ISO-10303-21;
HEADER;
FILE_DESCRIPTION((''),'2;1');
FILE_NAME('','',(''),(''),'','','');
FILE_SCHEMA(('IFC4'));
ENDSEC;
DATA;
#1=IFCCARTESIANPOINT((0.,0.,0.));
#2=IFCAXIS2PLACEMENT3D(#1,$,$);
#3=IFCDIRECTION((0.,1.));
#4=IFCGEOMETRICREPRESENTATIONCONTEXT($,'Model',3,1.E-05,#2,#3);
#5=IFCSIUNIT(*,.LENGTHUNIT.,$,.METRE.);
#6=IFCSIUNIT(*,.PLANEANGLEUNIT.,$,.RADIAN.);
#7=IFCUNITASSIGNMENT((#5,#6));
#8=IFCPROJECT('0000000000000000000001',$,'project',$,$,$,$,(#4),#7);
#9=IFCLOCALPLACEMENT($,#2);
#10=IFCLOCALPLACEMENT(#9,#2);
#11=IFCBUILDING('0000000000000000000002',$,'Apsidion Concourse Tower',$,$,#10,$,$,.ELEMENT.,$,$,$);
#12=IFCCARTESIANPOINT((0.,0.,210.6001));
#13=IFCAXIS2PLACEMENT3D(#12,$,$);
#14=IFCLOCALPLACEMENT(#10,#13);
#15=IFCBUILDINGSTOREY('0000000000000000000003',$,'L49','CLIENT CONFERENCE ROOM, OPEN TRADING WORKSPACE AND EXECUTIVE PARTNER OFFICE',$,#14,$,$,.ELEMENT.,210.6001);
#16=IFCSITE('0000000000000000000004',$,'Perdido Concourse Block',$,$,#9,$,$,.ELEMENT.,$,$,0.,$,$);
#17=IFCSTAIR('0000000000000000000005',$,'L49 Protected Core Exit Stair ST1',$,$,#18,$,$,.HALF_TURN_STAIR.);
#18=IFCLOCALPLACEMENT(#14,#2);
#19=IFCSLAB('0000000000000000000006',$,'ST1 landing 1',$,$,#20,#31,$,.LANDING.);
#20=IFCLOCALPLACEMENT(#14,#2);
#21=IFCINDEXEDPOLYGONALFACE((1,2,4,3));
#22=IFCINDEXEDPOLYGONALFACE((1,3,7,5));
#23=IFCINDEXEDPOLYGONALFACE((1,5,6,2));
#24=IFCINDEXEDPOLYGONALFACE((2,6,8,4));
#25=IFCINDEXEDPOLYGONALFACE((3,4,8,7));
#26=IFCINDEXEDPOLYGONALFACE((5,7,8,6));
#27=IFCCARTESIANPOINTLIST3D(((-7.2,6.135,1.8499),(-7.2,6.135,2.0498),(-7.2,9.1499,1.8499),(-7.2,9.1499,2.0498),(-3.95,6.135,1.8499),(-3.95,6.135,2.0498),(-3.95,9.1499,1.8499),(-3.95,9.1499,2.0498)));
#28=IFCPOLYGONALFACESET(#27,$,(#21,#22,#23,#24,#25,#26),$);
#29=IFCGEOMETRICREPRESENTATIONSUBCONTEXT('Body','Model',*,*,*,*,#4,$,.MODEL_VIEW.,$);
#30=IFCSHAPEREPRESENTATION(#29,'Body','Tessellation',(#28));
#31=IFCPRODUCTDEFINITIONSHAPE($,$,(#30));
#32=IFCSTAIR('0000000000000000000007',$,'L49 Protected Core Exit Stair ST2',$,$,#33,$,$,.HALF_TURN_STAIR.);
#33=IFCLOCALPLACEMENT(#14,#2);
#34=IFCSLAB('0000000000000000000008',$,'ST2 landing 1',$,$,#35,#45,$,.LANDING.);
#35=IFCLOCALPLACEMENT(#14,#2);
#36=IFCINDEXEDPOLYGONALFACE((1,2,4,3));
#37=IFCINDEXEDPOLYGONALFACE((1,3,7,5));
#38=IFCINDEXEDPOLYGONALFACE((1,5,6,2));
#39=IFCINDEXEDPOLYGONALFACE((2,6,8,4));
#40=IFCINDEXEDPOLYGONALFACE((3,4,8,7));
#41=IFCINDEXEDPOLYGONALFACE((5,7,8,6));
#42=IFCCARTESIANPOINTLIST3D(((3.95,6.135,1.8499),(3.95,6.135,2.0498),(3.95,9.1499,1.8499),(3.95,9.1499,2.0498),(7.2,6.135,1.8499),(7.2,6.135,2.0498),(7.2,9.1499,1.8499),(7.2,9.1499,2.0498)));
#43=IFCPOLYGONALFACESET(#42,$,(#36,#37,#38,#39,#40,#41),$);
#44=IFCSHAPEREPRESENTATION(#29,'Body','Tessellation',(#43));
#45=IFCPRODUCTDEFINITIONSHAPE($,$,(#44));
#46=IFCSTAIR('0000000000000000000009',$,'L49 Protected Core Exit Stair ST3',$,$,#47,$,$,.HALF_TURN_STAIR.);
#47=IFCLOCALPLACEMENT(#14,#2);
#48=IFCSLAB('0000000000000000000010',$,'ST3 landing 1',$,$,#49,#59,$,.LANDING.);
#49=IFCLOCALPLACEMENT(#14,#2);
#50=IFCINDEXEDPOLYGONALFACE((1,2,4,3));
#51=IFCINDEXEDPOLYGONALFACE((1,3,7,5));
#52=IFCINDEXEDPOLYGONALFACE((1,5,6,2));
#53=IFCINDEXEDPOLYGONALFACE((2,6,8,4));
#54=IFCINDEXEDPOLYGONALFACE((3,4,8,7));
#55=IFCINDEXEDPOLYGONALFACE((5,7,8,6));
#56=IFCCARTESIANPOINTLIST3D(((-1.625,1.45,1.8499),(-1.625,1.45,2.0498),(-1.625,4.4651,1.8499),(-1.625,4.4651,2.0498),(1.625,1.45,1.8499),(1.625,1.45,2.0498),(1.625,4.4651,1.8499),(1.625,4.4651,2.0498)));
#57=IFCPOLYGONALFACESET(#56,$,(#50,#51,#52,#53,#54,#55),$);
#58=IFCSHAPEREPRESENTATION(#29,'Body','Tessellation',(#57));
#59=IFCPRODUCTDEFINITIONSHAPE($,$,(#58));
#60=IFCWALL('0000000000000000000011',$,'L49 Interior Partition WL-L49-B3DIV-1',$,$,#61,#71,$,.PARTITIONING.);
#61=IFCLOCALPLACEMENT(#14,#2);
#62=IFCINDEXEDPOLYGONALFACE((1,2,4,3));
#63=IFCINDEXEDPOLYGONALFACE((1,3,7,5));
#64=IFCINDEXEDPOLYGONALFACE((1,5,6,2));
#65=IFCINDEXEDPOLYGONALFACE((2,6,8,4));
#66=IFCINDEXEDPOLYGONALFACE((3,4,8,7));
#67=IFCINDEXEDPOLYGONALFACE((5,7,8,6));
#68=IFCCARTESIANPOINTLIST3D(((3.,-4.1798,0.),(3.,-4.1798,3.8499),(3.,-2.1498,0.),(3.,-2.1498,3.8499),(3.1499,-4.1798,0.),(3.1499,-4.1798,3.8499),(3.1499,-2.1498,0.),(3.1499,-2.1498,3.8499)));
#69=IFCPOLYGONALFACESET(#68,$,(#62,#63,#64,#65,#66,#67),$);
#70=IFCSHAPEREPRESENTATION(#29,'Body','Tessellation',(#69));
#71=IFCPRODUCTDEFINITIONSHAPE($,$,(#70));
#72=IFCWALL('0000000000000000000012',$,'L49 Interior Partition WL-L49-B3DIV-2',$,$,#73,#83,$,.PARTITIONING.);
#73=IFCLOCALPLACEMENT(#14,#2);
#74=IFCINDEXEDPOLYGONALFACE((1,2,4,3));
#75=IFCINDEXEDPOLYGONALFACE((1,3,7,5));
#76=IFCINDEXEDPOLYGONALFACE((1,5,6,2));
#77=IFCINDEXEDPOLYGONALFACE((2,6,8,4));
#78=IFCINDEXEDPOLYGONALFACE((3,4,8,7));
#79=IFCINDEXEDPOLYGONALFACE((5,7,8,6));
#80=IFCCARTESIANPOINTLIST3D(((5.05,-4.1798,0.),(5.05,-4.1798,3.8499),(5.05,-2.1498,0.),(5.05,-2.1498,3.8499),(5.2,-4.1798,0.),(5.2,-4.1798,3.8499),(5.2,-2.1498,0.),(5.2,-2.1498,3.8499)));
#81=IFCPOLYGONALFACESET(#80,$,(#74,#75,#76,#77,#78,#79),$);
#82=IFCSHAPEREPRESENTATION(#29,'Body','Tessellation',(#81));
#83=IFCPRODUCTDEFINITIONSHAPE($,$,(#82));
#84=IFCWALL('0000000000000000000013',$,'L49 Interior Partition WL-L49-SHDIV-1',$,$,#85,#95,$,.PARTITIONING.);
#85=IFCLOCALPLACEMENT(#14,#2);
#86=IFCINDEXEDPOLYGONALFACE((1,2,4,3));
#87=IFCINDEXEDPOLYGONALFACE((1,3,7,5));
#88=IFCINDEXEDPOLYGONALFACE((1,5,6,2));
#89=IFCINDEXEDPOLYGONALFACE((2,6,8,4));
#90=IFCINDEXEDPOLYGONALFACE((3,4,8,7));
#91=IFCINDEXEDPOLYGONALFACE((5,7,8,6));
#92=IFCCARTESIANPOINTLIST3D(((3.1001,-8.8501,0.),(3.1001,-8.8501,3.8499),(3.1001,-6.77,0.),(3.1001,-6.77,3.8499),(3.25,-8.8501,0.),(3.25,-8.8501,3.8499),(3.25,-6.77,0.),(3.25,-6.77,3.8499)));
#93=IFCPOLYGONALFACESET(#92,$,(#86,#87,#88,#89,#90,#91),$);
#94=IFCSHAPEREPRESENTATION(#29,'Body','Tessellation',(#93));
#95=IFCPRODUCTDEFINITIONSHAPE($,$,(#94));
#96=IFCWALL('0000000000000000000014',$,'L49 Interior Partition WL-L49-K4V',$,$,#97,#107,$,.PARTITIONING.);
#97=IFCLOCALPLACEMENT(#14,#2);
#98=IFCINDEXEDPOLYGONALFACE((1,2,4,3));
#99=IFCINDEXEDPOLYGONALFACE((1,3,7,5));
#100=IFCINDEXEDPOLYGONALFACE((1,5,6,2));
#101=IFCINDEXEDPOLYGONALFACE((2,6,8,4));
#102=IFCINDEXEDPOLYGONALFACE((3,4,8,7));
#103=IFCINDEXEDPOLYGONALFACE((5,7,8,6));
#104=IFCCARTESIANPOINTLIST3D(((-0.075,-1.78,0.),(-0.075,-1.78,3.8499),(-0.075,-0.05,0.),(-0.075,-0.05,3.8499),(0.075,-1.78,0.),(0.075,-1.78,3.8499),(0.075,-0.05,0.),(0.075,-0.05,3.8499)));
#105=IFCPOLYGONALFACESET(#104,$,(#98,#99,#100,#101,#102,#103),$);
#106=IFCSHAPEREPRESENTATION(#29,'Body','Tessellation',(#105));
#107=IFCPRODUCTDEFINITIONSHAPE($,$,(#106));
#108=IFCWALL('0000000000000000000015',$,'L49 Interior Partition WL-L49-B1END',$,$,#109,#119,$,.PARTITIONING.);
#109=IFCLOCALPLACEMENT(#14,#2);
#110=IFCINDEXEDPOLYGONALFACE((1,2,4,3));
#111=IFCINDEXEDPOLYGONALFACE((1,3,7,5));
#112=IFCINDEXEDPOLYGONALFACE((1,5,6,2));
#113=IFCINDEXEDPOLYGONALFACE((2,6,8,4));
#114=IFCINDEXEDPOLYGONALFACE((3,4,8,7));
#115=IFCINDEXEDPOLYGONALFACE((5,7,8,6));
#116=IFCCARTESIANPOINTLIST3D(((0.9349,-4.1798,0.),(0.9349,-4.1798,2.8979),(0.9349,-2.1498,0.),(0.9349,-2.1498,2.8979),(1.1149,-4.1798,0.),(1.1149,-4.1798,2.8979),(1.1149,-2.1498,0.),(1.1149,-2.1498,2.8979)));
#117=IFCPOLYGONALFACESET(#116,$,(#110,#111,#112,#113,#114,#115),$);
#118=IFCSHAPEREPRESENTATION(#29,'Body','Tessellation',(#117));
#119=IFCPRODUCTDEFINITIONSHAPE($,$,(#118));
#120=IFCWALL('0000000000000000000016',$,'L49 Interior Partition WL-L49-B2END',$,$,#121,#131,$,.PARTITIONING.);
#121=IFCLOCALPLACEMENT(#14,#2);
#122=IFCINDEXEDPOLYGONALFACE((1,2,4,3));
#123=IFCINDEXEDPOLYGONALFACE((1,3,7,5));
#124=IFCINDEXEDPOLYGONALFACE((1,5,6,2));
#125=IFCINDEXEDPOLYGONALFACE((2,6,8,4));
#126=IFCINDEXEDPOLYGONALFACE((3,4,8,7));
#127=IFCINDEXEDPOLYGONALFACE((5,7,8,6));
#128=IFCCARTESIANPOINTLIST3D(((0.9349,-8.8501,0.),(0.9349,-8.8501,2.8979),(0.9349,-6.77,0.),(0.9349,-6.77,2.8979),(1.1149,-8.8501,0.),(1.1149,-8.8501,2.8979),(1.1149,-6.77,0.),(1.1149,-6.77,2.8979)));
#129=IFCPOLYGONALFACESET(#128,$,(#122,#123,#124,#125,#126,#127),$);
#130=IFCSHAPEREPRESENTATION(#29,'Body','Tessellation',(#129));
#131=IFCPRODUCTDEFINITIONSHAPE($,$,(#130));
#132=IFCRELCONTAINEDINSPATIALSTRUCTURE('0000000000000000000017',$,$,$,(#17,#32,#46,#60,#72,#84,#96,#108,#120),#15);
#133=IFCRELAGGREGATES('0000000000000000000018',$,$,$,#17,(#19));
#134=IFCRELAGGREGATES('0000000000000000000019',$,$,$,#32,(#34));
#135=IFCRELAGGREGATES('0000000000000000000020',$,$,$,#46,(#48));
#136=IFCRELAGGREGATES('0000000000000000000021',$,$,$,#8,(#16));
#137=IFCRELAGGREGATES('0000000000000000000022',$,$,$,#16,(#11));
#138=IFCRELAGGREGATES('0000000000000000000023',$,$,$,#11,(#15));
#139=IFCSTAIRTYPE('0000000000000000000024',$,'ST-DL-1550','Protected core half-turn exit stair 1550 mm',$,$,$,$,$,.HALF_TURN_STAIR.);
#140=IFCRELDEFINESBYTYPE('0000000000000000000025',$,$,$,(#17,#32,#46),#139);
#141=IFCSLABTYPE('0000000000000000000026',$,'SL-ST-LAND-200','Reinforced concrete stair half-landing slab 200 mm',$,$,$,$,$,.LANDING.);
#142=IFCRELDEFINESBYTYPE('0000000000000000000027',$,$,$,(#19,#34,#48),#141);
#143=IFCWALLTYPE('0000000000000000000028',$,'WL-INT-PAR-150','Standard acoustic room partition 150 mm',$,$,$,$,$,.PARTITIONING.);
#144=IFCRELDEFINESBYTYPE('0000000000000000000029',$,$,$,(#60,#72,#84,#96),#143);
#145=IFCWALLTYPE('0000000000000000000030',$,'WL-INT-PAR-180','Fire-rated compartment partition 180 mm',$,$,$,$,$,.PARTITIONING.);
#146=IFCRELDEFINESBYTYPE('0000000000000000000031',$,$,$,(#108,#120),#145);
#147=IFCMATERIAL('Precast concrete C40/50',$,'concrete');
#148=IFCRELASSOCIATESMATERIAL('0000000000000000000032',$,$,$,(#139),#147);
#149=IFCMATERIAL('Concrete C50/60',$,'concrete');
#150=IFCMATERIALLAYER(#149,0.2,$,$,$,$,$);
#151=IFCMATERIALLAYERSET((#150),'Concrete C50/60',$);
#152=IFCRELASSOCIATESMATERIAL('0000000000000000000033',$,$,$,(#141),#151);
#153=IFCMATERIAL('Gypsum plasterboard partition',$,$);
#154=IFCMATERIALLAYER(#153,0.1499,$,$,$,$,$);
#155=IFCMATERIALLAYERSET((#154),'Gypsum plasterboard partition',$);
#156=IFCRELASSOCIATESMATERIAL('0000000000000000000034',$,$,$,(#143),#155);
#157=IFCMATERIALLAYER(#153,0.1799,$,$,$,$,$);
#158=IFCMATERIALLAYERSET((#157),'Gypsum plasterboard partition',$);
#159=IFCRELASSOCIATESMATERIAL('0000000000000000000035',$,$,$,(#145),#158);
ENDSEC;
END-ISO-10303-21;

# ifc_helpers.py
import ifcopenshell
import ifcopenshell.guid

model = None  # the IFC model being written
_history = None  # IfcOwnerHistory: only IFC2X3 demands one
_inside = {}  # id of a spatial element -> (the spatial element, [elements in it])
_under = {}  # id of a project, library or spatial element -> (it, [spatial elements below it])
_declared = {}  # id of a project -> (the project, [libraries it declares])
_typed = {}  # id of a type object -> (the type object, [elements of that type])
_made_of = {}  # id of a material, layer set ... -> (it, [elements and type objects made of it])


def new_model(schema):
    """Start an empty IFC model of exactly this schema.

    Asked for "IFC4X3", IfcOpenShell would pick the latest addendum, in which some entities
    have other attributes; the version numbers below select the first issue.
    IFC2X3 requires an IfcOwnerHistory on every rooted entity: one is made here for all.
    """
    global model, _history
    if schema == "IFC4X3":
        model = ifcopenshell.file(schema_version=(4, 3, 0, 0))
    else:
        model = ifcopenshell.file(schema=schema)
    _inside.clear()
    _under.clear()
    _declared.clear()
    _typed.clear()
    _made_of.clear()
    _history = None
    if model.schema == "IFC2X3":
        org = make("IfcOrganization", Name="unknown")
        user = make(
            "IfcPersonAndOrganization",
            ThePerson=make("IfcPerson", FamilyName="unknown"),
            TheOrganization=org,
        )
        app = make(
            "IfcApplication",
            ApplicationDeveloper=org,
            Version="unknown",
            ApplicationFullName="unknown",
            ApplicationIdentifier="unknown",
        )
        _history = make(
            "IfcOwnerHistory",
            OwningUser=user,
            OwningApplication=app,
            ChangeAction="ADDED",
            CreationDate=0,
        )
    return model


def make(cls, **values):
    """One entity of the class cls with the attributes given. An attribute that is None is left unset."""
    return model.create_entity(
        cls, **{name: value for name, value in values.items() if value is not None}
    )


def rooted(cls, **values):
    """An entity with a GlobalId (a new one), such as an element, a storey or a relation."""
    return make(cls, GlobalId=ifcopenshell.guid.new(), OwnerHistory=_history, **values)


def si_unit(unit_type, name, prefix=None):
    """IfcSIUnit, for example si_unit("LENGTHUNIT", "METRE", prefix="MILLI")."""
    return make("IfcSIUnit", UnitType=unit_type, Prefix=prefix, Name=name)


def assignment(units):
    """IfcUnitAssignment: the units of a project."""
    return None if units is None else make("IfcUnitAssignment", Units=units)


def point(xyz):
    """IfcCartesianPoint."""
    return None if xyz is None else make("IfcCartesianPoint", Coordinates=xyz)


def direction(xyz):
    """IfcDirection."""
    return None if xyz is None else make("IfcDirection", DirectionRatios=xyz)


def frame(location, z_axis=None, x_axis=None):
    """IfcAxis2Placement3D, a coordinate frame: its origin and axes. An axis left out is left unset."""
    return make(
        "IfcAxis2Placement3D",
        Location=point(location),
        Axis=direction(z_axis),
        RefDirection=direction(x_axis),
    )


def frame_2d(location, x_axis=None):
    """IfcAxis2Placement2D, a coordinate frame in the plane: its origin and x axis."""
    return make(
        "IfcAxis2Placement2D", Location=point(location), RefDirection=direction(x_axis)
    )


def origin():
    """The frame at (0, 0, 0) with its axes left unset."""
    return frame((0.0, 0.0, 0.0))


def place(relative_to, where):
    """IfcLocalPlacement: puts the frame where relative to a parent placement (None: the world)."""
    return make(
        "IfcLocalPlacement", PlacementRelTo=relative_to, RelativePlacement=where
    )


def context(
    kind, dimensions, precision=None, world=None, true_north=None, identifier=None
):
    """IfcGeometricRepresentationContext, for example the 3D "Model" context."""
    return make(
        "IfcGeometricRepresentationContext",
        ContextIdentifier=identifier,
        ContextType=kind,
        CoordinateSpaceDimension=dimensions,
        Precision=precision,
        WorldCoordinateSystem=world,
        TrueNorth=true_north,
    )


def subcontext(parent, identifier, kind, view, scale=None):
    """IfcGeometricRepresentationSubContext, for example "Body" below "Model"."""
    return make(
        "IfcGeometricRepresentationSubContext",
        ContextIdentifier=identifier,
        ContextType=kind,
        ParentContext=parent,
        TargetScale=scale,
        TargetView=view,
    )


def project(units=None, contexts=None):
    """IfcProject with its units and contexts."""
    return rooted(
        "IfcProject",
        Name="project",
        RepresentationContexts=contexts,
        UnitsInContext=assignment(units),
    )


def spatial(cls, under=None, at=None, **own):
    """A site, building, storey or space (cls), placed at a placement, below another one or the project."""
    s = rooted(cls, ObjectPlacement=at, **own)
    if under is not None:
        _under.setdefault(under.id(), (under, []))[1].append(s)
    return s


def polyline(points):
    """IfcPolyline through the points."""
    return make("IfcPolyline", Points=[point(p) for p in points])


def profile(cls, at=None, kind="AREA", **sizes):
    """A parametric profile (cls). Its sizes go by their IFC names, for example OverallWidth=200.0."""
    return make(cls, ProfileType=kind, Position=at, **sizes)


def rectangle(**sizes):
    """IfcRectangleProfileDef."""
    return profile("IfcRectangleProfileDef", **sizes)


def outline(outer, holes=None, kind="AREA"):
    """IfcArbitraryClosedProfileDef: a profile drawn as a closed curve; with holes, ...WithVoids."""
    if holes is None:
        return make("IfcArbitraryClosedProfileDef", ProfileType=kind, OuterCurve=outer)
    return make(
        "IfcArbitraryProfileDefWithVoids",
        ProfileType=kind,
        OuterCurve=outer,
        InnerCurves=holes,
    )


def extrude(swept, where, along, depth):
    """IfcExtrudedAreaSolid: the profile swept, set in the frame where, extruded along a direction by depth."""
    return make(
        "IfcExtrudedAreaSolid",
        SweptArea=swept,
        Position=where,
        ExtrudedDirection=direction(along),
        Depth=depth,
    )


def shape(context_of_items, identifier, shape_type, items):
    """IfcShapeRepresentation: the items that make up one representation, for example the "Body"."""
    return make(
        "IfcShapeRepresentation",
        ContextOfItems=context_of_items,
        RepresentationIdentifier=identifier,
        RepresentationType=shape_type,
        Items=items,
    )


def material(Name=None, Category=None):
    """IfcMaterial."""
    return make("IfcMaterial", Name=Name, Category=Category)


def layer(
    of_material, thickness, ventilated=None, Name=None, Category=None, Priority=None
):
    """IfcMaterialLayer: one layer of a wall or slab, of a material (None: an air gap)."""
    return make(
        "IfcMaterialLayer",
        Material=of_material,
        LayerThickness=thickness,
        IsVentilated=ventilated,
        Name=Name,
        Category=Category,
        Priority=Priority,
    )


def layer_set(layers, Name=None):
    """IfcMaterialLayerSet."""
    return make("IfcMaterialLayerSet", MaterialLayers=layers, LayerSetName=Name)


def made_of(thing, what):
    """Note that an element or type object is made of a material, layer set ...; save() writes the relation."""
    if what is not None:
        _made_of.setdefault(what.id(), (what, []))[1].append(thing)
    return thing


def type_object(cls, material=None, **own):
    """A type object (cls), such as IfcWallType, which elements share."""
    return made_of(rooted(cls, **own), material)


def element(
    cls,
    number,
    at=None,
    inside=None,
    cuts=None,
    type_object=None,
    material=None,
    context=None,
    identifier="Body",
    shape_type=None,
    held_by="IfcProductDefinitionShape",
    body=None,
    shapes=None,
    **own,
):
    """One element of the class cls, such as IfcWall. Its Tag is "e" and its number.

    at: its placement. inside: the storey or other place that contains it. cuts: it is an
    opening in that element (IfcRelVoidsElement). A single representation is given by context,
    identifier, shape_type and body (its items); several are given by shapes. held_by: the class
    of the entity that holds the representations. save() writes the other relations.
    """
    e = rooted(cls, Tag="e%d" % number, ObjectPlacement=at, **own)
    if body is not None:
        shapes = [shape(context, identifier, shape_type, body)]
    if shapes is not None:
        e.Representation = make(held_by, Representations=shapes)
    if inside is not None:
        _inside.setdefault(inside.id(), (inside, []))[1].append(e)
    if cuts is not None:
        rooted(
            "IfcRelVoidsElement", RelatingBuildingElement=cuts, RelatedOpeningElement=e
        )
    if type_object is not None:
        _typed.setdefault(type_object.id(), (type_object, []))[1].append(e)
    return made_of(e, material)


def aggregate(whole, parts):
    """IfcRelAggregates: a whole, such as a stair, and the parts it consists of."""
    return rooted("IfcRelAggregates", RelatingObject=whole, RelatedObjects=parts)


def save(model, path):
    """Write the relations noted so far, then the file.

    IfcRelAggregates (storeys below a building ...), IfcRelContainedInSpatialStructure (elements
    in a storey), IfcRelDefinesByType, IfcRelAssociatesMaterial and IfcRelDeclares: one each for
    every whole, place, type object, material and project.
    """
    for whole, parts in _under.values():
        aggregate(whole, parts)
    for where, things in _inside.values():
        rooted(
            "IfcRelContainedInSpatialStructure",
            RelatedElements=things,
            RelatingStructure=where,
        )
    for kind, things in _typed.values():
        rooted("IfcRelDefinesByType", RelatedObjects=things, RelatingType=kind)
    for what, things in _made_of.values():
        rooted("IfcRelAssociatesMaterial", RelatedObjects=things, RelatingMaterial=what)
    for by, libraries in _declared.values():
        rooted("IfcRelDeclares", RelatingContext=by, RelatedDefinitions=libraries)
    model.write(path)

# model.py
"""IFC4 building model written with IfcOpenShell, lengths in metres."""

from ifc_helpers import new_model, si_unit, direction, frame, frame_2d, origin, place, context, subcontext, project, spatial, polyline, rectangle, outline, extrude, material, layer, layer_set, type_object, element, aggregate, save


model = new_model("IFC4")

# Units and contexts
model_context = context("Model", 3, precision=1e-05, world=origin(), true_north=direction((0.0, 1.0)))
body_context = subcontext(model_context, "Body", "Model", "MODEL_VIEW")
ifc_project = project(units=[si_unit("LENGTHUNIT", "METRE"), si_unit("PLANEANGLEUNIT", "RADIAN")], contexts=[model_context])

# Site, building, storey
site_placement = place(None, origin())
site = spatial("IfcSite", under=ifc_project, at=site_placement, Name="Perdido Concourse Block", CompositionType="ELEMENT", RefElevation=0.0)
building_placement = place(site_placement, origin())
building = spatial("IfcBuilding", under=site, at=building_placement, Name="Apsidion Concourse Tower", CompositionType="ELEMENT")
storey_placement = place(building_placement, frame((0.0, 0.0, 210.6001)))
storey = spatial("IfcBuildingStorey", under=building, at=storey_placement, Name="L49", Description="CLIENT CONFERENCE ROOM, OPEN TRADING WORKSPACE AND EXECUTIVE PARTNER OFFICE", CompositionType="ELEMENT", Elevation=210.6001)

# Shared definitions
ifc_material_1 = material(Name="Concrete C50/60", Category="concrete")

# Stairs, slabs
ifc_material_2 = material(Name="Precast concrete C40/50", Category="concrete")
stair_type = type_object("IfcStairType", Name="ST-DL-1550", Description="Protected core half-turn exit stair 1550 mm", PredefinedType="HALF_TURN_STAIR", material=ifc_material_2)
stair_1_placement = place(storey_placement, origin())
stair_1 = element("IfcStair", 1, at=stair_1_placement, inside=storey, type_object=stair_type, Name="L49 Protected Core Exit Stair ST1", PredefinedType="HALF_TURN_STAIR")
ifc_layer_1 = layer(ifc_material_1, 0.2)
ifc_layer_set_1 = layer_set([ifc_layer_1], Name="Concrete C50/60")
slab_type_1 = type_object("IfcSlabType", Name="SL-ST-LAND-200", Description="Reinforced concrete stair half-landing slab 200 mm", PredefinedType="LANDING", material=ifc_layer_set_1)
slab_1_placement = place(storey_placement, frame((0.0, 0.0, 1.8499)))
slab_1 = element("IfcSlab", 2, at=slab_1_placement, type_object=slab_type_1, Name="ST1 landing 1", PredefinedType="LANDING", context=body_context, shape_type="SweptSolid", body=[
    extrude(outline(polyline([(-3.95, 6.135), (-3.95, 9.1499), (-7.2, 9.1499), (-7.2, 6.135), (-3.95, 6.135)])), origin(), (0.0, 0.0, 1.0), 0.2),
])
aggregate(stair_1, [slab_1])
stair_2_placement = place(storey_placement, origin())
stair_2 = element("IfcStair", 3, at=stair_2_placement, inside=storey, type_object=stair_type, Name="L49 Protected Core Exit Stair ST2", PredefinedType="HALF_TURN_STAIR")
slab_2_placement = place(storey_placement, frame((0.0, 0.0, 1.8499)))
slab_2 = element("IfcSlab", 4, at=slab_2_placement, type_object=slab_type_1, Name="ST2 landing 1", PredefinedType="LANDING", context=body_context, shape_type="SweptSolid", body=[
    extrude(outline(polyline([(7.2, 6.135), (7.2, 9.1499), (3.95, 9.1499), (3.95, 6.135), (7.2, 6.135)])), origin(), (0.0, 0.0, 1.0), 0.2),
])
aggregate(stair_2, [slab_2])
stair_3_placement = place(storey_placement, origin())
stair_3 = element("IfcStair", 5, at=stair_3_placement, inside=storey, type_object=stair_type, Name="L49 Protected Core Exit Stair ST3", PredefinedType="HALF_TURN_STAIR")
slab_3_placement = place(storey_placement, frame((0.0, 0.0, 1.8499)))
slab_3 = element("IfcSlab", 6, at=slab_3_placement, type_object=slab_type_1, Name="ST3 landing 1", PredefinedType="LANDING", context=body_context, shape_type="SweptSolid", body=[
    extrude(outline(polyline([(-1.625, 4.4651), (-1.625, 1.45), (1.625, 1.45), (1.625, 4.4651), (-1.625, 4.4651)])), origin(), (0.0, 0.0, 1.0), 0.2),
])
aggregate(stair_3, [slab_3])

# Walls
ifc_material_3 = material(Name="Gypsum plasterboard partition")
ifc_layer_2 = layer(ifc_material_3, 0.1499)
ifc_layer_set_2 = layer_set([ifc_layer_2], Name="Gypsum plasterboard partition")
wall_type_1 = type_object("IfcWallType", Name="WL-INT-PAR-150", Description="Standard acoustic room partition 150 mm", PredefinedType="PARTITIONING", material=ifc_layer_set_2)
for number, where, z_axis, x_axis, name in (
    (7, (3.075, -4.1799, 0.0), (0.0, 0.0, 1.0), (0.0, 1.0, 0.0), "L49 Interior Partition WL-L49-B3DIV-1"),
    (8, (5.125, -4.1799, 0.0), (0.0, 0.0, 1.0), (0.0, 1.0, 0.0), "L49 Interior Partition WL-L49-B3DIV-2"),
):
    element("IfcWall", number, at=place(storey_placement, frame(where, z_axis=z_axis, x_axis=x_axis)), inside=storey, type_object=wall_type_1, Name=name, PredefinedType="PARTITIONING", context=body_context, shape_type="SweptSolid", body=[
        extrude(rectangle(XDim=2.03, YDim=0.1499, at=frame_2d((1.0151, 0.0))), origin(), (0.0, 0.0, 1.0), 3.8499),
    ])
wall_1_placement = place(storey_placement, frame((3.175, -8.8501, 0.0), z_axis=(0.0, 0.0, 1.0), x_axis=(0.0, 1.0, 0.0)))
element("IfcWall", 9, at=wall_1_placement, inside=storey, type_object=wall_type_1, Name="L49 Interior Partition WL-L49-SHDIV-1", PredefinedType="PARTITIONING", context=body_context, shape_type="SweptSolid", body=[
    extrude(rectangle(XDim=2.0801, YDim=0.1499, at=frame_2d((1.04, 0.0))), origin(), (0.0, 0.0, 1.0), 3.8499),
])
wall_2_placement = place(storey_placement, frame((0.0, -1.78, 0.0), z_axis=(0.0, 0.0, 1.0), x_axis=(0.0, 1.0, 0.0)))
element("IfcWall", 10, at=wall_2_placement, inside=storey, type_object=wall_type_1, Name="L49 Interior Partition WL-L49-K4V", PredefinedType="PARTITIONING", context=body_context, shape_type="SweptSolid", body=[
    extrude(rectangle(XDim=1.73, YDim=0.1499, at=frame_2d((0.865, 0.0))), origin(), (0.0, 0.0, 1.0), 3.8499),
])
ifc_layer_3 = layer(ifc_material_3, 0.1799)
ifc_layer_set_3 = layer_set([ifc_layer_3], Name="Gypsum plasterboard partition")
wall_type_2 = type_object("IfcWallType", Name="WL-INT-PAR-180", Description="Fire-rated compartment partition 180 mm", PredefinedType="PARTITIONING", material=ifc_layer_set_3)
wall_3_placement = place(storey_placement, frame((1.0249, -4.1799, 0.0), z_axis=(0.0, 0.0, 1.0), x_axis=(0.0, 1.0, 0.0)))
element("IfcWall", 11, at=wall_3_placement, inside=storey, type_object=wall_type_2, Name="L49 Interior Partition WL-L49-B1END", PredefinedType="PARTITIONING", context=body_context, shape_type="SweptSolid", body=[
    extrude(rectangle(XDim=2.03, YDim=0.1799, at=frame_2d((1.0151, 0.0))), origin(), (0.0, 0.0, 1.0), 2.8979),
])
wall_4_placement = place(storey_placement, frame((1.0249, -8.8501, 0.0), z_axis=(0.0, 0.0, 1.0), x_axis=(0.0, 1.0, 0.0)))
element("IfcWall", 12, at=wall_4_placement, inside=storey, type_object=wall_type_2, Name="L49 Interior Partition WL-L49-B2END", PredefinedType="PARTITIONING", context=body_context, shape_type="SweptSolid", body=[
    extrude(rectangle(XDim=2.0801, YDim=0.1799, at=frame_2d((1.04, 0.0))), origin(), (0.0, 0.0, 1.0), 2.8979),
])

save(model, "model.ifc")
